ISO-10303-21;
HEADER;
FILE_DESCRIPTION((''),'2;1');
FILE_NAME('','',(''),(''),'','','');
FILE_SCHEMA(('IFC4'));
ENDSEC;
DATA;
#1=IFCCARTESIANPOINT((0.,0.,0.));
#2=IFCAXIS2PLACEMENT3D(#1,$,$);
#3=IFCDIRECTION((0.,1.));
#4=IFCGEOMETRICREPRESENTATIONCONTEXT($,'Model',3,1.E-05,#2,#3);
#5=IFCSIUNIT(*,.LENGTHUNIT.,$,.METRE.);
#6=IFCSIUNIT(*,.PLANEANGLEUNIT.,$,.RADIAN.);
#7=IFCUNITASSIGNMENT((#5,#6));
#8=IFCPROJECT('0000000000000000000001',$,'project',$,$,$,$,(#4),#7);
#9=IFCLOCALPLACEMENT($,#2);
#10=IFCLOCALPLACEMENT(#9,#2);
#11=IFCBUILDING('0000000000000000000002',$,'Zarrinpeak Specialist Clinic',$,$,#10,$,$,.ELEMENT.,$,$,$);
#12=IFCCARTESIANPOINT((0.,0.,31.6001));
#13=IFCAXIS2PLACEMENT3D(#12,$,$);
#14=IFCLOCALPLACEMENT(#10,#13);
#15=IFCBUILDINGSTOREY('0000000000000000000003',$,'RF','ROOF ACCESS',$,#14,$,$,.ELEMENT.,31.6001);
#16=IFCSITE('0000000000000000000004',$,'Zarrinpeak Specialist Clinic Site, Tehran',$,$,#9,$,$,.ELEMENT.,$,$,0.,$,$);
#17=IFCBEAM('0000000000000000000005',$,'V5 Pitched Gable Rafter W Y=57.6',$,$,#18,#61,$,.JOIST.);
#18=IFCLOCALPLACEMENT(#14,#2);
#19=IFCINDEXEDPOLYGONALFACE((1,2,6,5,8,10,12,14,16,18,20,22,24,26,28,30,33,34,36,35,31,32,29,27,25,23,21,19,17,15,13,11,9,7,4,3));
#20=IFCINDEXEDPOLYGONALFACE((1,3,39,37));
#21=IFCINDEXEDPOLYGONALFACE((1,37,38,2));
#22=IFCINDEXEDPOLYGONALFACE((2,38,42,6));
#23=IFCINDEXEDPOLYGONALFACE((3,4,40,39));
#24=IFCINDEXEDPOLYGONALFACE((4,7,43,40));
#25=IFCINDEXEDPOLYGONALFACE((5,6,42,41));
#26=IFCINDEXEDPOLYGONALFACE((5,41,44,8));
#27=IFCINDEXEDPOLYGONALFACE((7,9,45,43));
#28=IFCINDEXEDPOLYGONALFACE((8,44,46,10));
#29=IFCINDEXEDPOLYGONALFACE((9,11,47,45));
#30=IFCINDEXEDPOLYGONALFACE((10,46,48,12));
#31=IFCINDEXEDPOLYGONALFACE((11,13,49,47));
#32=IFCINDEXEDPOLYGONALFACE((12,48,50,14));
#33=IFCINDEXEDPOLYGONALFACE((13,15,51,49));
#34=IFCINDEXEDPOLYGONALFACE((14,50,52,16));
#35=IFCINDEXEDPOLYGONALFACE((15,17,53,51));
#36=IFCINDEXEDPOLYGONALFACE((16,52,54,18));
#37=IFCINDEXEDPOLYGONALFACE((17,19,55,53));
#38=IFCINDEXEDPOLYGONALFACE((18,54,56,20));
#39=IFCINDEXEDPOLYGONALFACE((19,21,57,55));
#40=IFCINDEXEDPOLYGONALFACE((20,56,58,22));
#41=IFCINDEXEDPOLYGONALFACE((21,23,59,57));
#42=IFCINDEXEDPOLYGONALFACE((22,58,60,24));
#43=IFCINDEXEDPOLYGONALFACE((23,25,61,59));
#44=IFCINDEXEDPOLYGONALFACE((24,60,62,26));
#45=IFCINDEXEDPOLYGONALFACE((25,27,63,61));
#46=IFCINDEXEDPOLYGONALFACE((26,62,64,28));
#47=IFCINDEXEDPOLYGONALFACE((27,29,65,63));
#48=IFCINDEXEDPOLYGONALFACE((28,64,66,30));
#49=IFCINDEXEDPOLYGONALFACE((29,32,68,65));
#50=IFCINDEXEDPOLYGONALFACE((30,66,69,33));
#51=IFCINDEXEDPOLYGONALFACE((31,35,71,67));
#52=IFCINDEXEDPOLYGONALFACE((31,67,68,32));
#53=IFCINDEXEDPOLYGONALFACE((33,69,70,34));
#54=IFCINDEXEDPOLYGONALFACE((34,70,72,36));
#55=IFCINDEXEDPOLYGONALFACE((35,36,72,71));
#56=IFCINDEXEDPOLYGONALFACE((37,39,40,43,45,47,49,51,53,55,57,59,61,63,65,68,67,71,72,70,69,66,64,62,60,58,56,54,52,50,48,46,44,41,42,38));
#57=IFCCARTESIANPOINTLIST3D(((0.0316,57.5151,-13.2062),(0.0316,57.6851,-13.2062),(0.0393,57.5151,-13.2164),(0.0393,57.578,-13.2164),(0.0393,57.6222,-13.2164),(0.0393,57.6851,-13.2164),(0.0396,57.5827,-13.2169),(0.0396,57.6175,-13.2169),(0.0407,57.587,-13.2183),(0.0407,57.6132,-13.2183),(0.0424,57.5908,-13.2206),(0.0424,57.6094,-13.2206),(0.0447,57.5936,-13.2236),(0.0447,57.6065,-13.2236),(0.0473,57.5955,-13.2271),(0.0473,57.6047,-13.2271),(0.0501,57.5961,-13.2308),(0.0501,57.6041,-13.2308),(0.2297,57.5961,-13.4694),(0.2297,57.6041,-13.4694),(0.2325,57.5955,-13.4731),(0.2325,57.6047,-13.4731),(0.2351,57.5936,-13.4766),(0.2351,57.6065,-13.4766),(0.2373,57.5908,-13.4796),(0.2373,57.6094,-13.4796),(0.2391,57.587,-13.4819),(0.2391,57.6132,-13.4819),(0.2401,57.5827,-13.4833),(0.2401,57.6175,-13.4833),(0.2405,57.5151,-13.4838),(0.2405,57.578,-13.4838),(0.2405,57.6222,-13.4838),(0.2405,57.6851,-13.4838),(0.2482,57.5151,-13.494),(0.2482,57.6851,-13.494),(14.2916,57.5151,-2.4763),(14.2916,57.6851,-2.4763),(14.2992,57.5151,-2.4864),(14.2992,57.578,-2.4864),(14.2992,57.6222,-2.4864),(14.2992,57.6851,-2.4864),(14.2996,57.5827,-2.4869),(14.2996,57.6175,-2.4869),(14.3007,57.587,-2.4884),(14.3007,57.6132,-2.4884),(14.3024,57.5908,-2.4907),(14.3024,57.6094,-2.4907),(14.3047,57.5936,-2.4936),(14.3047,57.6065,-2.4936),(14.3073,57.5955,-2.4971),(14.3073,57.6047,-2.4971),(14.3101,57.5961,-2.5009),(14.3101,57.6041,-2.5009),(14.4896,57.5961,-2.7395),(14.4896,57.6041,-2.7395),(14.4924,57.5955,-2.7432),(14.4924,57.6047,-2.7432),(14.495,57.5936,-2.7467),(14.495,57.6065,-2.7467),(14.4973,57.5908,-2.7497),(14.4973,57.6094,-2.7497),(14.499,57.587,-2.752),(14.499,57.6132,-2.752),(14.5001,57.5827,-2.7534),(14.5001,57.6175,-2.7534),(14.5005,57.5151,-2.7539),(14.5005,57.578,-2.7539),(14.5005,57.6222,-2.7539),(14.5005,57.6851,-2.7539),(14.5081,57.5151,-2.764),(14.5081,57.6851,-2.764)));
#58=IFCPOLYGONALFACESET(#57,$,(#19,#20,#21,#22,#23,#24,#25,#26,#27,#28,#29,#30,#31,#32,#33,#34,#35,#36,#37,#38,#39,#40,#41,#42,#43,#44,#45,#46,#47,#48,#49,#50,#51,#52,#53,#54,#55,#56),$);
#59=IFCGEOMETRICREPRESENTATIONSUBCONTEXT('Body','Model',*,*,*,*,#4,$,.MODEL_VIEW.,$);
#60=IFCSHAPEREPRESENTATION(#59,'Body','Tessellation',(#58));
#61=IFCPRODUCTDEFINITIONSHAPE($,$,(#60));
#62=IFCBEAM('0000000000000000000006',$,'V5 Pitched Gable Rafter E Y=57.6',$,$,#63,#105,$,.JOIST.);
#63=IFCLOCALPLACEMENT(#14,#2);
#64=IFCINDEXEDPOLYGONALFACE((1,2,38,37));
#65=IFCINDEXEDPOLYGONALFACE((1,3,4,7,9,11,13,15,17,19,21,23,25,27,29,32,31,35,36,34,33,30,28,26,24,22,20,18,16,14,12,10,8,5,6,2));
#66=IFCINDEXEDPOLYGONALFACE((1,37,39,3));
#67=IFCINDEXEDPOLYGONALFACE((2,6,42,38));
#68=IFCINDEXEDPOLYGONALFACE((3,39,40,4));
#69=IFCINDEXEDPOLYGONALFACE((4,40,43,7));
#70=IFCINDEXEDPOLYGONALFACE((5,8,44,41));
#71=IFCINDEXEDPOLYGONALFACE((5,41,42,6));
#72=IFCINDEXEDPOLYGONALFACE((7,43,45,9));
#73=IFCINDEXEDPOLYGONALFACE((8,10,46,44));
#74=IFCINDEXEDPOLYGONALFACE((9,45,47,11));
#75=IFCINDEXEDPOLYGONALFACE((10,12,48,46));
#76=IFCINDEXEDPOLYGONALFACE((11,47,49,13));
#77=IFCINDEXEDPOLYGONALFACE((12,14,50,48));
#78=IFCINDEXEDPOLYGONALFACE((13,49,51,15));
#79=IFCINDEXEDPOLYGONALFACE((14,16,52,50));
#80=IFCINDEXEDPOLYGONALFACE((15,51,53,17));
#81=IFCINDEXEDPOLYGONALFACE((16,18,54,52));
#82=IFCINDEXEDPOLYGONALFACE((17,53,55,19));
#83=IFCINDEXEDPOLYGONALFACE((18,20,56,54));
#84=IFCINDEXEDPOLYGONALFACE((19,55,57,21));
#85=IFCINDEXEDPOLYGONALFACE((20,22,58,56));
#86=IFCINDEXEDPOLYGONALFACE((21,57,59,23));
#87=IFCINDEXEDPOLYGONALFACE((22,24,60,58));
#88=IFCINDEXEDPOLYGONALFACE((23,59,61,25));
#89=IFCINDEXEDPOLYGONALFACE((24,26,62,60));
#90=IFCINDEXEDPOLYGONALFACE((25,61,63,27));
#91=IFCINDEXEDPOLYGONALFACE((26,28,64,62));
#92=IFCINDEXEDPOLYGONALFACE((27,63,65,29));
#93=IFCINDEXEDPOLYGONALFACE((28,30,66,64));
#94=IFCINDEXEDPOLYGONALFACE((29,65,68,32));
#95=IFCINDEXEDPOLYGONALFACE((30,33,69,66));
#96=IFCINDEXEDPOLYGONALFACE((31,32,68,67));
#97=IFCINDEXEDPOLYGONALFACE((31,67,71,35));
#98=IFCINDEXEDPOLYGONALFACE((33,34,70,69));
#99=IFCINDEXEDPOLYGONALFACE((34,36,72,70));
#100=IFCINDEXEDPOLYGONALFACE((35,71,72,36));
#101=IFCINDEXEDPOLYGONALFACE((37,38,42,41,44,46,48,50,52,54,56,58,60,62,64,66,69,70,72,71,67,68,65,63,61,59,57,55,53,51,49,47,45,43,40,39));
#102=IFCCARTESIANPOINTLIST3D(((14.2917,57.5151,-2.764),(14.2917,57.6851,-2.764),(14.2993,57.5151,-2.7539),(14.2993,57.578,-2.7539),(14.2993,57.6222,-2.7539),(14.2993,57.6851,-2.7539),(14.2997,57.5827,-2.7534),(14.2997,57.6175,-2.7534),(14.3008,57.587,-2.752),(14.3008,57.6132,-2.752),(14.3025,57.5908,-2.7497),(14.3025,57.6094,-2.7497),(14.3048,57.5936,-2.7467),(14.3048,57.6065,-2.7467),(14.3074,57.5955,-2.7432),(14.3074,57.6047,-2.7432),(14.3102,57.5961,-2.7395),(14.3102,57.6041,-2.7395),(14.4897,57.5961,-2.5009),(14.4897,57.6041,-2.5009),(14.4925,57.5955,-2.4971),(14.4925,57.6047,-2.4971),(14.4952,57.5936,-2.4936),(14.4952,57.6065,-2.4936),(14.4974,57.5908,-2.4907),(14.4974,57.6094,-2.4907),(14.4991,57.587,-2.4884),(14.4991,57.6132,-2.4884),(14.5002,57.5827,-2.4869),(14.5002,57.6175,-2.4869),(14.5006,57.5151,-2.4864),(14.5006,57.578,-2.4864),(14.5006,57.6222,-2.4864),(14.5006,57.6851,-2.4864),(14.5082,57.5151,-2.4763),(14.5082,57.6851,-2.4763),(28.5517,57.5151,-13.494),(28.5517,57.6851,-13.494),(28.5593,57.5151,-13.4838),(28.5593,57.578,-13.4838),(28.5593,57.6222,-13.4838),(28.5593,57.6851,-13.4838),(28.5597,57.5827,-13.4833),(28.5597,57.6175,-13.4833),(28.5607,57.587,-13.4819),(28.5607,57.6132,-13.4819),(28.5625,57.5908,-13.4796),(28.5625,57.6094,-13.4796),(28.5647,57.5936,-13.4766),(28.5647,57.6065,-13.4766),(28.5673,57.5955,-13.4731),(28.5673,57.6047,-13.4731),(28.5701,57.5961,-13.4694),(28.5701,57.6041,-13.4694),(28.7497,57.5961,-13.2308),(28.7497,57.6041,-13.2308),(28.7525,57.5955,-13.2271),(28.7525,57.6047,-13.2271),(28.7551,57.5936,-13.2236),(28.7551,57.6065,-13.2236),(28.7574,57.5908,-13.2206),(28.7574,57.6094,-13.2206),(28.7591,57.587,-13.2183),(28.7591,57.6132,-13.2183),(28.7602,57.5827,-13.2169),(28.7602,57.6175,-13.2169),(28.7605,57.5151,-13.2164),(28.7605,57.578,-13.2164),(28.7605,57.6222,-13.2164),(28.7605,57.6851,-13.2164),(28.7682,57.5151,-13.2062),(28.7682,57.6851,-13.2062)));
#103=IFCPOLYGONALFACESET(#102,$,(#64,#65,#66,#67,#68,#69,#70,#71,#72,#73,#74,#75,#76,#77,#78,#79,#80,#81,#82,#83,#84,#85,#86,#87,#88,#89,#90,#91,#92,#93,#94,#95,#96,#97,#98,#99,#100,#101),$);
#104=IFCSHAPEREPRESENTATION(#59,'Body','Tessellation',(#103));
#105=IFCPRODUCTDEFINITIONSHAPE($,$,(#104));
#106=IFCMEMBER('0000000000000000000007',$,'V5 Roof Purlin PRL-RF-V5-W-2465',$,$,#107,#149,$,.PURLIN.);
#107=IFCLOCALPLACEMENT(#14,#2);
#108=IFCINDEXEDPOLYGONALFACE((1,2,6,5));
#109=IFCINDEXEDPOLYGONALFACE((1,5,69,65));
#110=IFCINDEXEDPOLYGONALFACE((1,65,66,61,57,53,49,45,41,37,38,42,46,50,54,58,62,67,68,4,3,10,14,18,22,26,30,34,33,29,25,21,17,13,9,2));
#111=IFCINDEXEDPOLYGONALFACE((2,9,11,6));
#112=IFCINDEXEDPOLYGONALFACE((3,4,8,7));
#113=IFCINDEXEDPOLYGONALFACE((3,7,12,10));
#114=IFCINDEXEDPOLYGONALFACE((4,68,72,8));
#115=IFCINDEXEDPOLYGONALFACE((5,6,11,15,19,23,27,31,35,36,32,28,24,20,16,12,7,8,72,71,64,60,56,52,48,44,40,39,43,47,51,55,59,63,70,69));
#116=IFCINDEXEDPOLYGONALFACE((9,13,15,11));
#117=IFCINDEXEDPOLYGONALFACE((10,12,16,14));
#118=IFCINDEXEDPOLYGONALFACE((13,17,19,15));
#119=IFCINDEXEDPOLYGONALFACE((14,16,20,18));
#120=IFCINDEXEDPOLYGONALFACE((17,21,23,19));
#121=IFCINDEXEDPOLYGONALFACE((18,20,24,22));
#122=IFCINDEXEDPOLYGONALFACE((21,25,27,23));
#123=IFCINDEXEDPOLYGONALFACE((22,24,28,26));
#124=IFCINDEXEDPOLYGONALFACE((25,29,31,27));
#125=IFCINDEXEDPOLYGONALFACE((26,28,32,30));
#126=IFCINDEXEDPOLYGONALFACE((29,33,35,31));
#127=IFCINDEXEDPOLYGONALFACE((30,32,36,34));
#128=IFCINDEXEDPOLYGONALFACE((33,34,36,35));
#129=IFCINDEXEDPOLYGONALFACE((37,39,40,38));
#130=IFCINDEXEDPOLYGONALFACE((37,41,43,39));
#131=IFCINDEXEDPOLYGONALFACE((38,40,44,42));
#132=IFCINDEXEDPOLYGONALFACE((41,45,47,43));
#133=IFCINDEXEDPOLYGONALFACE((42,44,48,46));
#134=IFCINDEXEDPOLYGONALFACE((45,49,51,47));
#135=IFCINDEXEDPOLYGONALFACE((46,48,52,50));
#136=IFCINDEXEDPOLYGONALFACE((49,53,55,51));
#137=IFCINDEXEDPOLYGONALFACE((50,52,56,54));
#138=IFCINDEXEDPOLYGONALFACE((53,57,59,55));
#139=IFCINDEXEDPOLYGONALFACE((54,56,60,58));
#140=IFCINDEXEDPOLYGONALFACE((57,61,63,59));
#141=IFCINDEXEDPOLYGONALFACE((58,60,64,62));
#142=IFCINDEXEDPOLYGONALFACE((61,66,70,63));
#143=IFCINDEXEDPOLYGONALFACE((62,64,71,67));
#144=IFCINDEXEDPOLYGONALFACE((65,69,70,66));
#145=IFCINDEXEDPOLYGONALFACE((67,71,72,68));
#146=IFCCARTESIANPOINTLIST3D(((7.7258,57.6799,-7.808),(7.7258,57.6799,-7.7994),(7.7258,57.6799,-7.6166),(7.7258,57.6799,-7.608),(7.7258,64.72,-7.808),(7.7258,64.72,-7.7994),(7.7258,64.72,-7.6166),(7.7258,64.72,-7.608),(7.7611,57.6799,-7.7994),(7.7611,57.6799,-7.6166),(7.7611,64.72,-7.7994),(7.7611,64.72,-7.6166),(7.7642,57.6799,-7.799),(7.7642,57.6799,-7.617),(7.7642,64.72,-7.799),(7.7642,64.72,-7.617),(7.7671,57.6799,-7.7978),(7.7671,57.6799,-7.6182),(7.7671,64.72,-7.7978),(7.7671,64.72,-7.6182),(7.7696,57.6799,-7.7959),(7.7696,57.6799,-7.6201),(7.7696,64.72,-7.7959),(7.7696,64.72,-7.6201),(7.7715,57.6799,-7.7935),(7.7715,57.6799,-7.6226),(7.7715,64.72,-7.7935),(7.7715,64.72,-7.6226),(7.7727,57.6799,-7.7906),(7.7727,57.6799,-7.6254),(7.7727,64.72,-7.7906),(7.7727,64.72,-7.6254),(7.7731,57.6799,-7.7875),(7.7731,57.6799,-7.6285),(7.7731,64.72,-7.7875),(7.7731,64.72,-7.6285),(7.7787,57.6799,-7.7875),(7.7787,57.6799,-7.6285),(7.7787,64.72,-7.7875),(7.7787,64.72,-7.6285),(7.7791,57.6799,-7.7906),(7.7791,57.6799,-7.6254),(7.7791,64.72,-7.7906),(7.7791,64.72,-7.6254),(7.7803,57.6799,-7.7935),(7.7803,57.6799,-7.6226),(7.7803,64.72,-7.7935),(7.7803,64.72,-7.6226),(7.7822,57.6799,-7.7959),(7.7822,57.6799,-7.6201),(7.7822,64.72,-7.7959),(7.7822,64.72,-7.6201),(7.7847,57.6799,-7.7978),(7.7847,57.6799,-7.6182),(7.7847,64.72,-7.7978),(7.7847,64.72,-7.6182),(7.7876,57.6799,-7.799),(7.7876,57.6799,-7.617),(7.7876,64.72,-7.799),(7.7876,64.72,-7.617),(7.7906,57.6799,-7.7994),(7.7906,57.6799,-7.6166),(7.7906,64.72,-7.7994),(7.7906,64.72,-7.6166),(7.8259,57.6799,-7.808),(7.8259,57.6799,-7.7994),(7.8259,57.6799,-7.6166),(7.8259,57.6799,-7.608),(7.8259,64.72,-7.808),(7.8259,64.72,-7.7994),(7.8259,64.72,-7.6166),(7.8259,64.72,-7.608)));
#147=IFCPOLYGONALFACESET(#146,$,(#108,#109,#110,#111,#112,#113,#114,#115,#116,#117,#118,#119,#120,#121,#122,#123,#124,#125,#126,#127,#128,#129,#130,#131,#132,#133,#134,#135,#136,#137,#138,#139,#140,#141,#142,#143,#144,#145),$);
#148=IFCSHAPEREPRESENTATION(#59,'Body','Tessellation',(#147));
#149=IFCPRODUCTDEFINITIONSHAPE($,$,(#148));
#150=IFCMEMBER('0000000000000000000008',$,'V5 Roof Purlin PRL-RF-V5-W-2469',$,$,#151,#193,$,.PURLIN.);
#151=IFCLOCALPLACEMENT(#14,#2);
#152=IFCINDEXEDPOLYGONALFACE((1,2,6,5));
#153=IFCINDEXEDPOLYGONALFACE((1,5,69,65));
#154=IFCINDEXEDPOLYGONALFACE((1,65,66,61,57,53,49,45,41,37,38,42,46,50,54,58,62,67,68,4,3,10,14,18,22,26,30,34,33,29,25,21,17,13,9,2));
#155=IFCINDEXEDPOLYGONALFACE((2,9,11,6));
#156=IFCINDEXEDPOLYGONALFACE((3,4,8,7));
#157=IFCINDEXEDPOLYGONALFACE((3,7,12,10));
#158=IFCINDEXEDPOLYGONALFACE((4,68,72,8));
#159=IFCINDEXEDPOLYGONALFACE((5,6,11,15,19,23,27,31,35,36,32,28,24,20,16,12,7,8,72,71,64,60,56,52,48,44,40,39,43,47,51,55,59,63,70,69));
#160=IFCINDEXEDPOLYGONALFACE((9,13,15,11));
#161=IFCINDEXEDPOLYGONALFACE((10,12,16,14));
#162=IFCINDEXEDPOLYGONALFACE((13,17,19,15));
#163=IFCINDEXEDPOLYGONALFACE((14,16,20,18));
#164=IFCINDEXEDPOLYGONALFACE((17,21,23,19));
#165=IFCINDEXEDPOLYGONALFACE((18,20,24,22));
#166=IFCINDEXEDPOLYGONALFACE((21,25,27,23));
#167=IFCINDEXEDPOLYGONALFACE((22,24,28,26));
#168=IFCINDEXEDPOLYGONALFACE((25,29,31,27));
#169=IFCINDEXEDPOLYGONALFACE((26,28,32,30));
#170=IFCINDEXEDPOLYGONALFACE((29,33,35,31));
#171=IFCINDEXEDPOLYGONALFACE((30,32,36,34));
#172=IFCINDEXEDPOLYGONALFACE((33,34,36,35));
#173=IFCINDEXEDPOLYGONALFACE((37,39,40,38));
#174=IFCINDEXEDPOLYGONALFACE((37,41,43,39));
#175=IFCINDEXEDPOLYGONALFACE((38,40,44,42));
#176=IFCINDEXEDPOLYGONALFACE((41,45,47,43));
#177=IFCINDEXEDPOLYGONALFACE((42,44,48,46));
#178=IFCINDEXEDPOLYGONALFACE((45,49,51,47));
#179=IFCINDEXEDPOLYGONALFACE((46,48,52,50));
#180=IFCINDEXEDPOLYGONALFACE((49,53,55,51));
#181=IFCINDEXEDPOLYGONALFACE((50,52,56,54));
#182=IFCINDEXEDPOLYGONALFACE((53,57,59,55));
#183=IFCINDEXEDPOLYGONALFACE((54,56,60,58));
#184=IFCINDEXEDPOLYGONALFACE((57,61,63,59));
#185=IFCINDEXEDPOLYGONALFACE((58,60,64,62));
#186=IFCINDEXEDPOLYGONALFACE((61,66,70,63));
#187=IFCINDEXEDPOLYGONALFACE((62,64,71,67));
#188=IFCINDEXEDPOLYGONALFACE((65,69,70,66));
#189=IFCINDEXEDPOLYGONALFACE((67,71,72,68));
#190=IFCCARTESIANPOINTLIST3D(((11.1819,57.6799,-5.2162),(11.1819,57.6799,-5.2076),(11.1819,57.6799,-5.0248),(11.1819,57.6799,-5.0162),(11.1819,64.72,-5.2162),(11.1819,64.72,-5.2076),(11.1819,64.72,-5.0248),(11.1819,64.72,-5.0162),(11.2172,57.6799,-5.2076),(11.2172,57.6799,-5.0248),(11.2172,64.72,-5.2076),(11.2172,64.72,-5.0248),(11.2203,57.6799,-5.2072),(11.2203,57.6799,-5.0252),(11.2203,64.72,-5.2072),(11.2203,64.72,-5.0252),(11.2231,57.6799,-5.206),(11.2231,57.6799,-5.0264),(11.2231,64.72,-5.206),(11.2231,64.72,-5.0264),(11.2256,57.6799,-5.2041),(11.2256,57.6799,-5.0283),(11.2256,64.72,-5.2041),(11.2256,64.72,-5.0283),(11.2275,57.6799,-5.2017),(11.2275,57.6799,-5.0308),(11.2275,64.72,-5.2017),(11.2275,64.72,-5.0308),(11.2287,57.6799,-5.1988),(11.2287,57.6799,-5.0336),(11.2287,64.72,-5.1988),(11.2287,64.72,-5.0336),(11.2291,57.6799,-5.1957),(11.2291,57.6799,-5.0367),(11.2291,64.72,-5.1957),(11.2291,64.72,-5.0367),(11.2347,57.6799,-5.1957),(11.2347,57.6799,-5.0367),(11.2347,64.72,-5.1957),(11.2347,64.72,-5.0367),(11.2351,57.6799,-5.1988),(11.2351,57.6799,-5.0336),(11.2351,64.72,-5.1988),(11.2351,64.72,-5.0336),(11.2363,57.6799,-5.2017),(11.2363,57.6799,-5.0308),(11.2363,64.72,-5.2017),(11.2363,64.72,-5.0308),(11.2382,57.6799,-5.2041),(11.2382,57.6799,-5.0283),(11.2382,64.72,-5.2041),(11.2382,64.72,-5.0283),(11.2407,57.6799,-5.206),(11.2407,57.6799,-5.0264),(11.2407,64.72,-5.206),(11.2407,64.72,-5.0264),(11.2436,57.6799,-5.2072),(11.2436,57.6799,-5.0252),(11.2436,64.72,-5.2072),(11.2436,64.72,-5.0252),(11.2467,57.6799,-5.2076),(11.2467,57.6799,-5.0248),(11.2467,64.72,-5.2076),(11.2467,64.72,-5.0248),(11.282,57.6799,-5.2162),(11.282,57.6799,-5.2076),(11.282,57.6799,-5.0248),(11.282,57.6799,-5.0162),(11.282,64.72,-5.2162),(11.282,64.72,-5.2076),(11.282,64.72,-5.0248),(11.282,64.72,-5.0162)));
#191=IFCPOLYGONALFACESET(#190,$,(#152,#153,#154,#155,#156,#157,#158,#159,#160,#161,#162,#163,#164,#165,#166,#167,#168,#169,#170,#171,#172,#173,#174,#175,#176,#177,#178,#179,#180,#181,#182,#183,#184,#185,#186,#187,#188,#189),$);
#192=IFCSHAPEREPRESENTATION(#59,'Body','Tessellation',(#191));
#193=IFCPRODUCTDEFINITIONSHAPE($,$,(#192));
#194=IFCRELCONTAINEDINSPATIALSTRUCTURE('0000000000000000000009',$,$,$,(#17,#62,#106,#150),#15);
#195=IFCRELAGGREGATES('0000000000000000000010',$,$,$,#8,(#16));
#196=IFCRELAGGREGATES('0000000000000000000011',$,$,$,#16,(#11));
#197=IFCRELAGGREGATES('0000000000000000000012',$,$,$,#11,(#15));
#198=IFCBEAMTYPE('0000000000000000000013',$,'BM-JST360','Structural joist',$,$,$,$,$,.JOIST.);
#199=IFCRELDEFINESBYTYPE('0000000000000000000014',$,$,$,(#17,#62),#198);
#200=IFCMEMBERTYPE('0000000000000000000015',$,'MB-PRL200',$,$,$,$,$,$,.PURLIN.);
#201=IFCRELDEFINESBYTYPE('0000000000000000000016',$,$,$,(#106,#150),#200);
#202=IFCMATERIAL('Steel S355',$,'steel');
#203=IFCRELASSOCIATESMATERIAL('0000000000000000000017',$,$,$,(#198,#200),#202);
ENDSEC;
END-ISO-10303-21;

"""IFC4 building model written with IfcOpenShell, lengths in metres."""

from ifc_helpers import new_model, si_unit, direction, frame, origin, origin_2d, place, context, subcontext, project, spatial, i_section, extrude, material, material_profile, profile_set, type_object, element, save


model = new_model("IFC4")

# Units and contexts
model_context = context("Model", 3, precision=1e-05, world=origin(), true_north=direction((0.0, 1.0)))
body_context = subcontext(model_context, "Body", "Model", "MODEL_VIEW")
ifc_project = project(units=[si_unit("LENGTHUNIT", "METRE"), si_unit("PLANEANGLEUNIT", "RADIAN")], contexts=[model_context])

# Site, building, storey
site_placement = place(None, origin())
site = spatial("IfcSite", under=ifc_project, at=site_placement, Name="Zarrinpeak Specialist Clinic Site, Tehran", CompositionType="ELEMENT", RefElevation=0.0)
building_placement = place(site_placement, origin())
building = spatial("IfcBuilding", under=site, at=building_placement, Name="Zarrinpeak Specialist Clinic", CompositionType="ELEMENT")
storey_placement = place(building_placement, frame((0.0, 0.0, 31.6001)))
storey = spatial("IfcBuildingStorey", under=building, at=storey_placement, Name="RF", Description="ROOF ACCESS", CompositionType="ELEMENT", Elevation=31.6001)

# Shared definitions
ifc_material_1 = material(Name="Steel S355", Category="steel")

# Beams
ifc_material_profile_1 = material_profile(ifc_material_1, i_section(OverallWidth=0.1699, OverallDepth=0.3601, WebThickness=0.0081, FlangeThickness=0.0127, FilletRadius=0.0181, at=origin_2d()), Name="IPE 360")
ifc_profile_set_1 = profile_set([ifc_material_profile_1], Name="Steel S355")
beam_type_1 = type_object("IfcBeamType", Name="BM-JST360", Description="Structural joist", PredefinedType="JOIST", material=ifc_profile_set_1)
for number, where, z_axis, x_axis, name in (
    (1, (0.1399, 57.6001, -13.3501), (0.799058, 0.0, 0.601253), (0.0, 1.0, 0.0), "V5 Pitched Gable Rafter W Y=57.6"),
    (2, (28.6599, 57.6001, -13.3501), (-0.799058, 0.0, 0.601253), (0.0, -1.0, 0.0), "V5 Pitched Gable Rafter E Y=57.6"),
):
    element("IfcBeam", number, at=place(storey_placement, frame(where, z_axis=z_axis, x_axis=x_axis)), inside=storey, type_object=beam_type_1, Name=name, PredefinedType="JOIST", context=body_context, shape_type="SweptSolid", body=[
        extrude(i_section(OverallWidth=0.1699, OverallDepth=0.3601, WebThickness=0.0081, FlangeThickness=0.0127, FilletRadius=0.0181, at=origin_2d()), origin(), (0.0, 0.0, 1.0), 17.8459),
    ])

# Members
ifc_material_profile_2 = material_profile(ifc_material_1, i_section(OverallWidth=0.1001, OverallDepth=0.2, WebThickness=0.0056, FlangeThickness=0.0085, FilletRadius=0.012, at=origin_2d()), Name="IPE 200")
ifc_profile_set_2 = profile_set([ifc_material_profile_2], Name="Steel S355")
member_type_1 = type_object("IfcMemberType", Name="MB-PRL200", PredefinedType="PURLIN", material=ifc_profile_set_2)
for number, where, z_axis, x_axis, name in (
    (3, (7.7759, 57.6799, -7.708), (0.0, 1.0, 0.0), (-1.0, 0.0, 0.0), "V5 Roof Purlin PRL-RF-V5-W-2465"),
    (4, (11.2319, 57.6799, -5.1162), (0.0, 1.0, 0.0), (-1.0, 0.0, 0.0), "V5 Roof Purlin PRL-RF-V5-W-2469"),
):
    element("IfcMember", number, at=place(storey_placement, frame(where, z_axis=z_axis, x_axis=x_axis)), inside=storey, type_object=member_type_1, Name=name, PredefinedType="PURLIN", context=body_context, shape_type="SweptSolid", body=[
        extrude(i_section(OverallWidth=0.1001, OverallDepth=0.2, WebThickness=0.0056, FlangeThickness=0.0085, FilletRadius=0.012, at=origin_2d()), origin(), (0.0, 0.0, 1.0), 7.04),
    ])

save(model, "model.ifc")
